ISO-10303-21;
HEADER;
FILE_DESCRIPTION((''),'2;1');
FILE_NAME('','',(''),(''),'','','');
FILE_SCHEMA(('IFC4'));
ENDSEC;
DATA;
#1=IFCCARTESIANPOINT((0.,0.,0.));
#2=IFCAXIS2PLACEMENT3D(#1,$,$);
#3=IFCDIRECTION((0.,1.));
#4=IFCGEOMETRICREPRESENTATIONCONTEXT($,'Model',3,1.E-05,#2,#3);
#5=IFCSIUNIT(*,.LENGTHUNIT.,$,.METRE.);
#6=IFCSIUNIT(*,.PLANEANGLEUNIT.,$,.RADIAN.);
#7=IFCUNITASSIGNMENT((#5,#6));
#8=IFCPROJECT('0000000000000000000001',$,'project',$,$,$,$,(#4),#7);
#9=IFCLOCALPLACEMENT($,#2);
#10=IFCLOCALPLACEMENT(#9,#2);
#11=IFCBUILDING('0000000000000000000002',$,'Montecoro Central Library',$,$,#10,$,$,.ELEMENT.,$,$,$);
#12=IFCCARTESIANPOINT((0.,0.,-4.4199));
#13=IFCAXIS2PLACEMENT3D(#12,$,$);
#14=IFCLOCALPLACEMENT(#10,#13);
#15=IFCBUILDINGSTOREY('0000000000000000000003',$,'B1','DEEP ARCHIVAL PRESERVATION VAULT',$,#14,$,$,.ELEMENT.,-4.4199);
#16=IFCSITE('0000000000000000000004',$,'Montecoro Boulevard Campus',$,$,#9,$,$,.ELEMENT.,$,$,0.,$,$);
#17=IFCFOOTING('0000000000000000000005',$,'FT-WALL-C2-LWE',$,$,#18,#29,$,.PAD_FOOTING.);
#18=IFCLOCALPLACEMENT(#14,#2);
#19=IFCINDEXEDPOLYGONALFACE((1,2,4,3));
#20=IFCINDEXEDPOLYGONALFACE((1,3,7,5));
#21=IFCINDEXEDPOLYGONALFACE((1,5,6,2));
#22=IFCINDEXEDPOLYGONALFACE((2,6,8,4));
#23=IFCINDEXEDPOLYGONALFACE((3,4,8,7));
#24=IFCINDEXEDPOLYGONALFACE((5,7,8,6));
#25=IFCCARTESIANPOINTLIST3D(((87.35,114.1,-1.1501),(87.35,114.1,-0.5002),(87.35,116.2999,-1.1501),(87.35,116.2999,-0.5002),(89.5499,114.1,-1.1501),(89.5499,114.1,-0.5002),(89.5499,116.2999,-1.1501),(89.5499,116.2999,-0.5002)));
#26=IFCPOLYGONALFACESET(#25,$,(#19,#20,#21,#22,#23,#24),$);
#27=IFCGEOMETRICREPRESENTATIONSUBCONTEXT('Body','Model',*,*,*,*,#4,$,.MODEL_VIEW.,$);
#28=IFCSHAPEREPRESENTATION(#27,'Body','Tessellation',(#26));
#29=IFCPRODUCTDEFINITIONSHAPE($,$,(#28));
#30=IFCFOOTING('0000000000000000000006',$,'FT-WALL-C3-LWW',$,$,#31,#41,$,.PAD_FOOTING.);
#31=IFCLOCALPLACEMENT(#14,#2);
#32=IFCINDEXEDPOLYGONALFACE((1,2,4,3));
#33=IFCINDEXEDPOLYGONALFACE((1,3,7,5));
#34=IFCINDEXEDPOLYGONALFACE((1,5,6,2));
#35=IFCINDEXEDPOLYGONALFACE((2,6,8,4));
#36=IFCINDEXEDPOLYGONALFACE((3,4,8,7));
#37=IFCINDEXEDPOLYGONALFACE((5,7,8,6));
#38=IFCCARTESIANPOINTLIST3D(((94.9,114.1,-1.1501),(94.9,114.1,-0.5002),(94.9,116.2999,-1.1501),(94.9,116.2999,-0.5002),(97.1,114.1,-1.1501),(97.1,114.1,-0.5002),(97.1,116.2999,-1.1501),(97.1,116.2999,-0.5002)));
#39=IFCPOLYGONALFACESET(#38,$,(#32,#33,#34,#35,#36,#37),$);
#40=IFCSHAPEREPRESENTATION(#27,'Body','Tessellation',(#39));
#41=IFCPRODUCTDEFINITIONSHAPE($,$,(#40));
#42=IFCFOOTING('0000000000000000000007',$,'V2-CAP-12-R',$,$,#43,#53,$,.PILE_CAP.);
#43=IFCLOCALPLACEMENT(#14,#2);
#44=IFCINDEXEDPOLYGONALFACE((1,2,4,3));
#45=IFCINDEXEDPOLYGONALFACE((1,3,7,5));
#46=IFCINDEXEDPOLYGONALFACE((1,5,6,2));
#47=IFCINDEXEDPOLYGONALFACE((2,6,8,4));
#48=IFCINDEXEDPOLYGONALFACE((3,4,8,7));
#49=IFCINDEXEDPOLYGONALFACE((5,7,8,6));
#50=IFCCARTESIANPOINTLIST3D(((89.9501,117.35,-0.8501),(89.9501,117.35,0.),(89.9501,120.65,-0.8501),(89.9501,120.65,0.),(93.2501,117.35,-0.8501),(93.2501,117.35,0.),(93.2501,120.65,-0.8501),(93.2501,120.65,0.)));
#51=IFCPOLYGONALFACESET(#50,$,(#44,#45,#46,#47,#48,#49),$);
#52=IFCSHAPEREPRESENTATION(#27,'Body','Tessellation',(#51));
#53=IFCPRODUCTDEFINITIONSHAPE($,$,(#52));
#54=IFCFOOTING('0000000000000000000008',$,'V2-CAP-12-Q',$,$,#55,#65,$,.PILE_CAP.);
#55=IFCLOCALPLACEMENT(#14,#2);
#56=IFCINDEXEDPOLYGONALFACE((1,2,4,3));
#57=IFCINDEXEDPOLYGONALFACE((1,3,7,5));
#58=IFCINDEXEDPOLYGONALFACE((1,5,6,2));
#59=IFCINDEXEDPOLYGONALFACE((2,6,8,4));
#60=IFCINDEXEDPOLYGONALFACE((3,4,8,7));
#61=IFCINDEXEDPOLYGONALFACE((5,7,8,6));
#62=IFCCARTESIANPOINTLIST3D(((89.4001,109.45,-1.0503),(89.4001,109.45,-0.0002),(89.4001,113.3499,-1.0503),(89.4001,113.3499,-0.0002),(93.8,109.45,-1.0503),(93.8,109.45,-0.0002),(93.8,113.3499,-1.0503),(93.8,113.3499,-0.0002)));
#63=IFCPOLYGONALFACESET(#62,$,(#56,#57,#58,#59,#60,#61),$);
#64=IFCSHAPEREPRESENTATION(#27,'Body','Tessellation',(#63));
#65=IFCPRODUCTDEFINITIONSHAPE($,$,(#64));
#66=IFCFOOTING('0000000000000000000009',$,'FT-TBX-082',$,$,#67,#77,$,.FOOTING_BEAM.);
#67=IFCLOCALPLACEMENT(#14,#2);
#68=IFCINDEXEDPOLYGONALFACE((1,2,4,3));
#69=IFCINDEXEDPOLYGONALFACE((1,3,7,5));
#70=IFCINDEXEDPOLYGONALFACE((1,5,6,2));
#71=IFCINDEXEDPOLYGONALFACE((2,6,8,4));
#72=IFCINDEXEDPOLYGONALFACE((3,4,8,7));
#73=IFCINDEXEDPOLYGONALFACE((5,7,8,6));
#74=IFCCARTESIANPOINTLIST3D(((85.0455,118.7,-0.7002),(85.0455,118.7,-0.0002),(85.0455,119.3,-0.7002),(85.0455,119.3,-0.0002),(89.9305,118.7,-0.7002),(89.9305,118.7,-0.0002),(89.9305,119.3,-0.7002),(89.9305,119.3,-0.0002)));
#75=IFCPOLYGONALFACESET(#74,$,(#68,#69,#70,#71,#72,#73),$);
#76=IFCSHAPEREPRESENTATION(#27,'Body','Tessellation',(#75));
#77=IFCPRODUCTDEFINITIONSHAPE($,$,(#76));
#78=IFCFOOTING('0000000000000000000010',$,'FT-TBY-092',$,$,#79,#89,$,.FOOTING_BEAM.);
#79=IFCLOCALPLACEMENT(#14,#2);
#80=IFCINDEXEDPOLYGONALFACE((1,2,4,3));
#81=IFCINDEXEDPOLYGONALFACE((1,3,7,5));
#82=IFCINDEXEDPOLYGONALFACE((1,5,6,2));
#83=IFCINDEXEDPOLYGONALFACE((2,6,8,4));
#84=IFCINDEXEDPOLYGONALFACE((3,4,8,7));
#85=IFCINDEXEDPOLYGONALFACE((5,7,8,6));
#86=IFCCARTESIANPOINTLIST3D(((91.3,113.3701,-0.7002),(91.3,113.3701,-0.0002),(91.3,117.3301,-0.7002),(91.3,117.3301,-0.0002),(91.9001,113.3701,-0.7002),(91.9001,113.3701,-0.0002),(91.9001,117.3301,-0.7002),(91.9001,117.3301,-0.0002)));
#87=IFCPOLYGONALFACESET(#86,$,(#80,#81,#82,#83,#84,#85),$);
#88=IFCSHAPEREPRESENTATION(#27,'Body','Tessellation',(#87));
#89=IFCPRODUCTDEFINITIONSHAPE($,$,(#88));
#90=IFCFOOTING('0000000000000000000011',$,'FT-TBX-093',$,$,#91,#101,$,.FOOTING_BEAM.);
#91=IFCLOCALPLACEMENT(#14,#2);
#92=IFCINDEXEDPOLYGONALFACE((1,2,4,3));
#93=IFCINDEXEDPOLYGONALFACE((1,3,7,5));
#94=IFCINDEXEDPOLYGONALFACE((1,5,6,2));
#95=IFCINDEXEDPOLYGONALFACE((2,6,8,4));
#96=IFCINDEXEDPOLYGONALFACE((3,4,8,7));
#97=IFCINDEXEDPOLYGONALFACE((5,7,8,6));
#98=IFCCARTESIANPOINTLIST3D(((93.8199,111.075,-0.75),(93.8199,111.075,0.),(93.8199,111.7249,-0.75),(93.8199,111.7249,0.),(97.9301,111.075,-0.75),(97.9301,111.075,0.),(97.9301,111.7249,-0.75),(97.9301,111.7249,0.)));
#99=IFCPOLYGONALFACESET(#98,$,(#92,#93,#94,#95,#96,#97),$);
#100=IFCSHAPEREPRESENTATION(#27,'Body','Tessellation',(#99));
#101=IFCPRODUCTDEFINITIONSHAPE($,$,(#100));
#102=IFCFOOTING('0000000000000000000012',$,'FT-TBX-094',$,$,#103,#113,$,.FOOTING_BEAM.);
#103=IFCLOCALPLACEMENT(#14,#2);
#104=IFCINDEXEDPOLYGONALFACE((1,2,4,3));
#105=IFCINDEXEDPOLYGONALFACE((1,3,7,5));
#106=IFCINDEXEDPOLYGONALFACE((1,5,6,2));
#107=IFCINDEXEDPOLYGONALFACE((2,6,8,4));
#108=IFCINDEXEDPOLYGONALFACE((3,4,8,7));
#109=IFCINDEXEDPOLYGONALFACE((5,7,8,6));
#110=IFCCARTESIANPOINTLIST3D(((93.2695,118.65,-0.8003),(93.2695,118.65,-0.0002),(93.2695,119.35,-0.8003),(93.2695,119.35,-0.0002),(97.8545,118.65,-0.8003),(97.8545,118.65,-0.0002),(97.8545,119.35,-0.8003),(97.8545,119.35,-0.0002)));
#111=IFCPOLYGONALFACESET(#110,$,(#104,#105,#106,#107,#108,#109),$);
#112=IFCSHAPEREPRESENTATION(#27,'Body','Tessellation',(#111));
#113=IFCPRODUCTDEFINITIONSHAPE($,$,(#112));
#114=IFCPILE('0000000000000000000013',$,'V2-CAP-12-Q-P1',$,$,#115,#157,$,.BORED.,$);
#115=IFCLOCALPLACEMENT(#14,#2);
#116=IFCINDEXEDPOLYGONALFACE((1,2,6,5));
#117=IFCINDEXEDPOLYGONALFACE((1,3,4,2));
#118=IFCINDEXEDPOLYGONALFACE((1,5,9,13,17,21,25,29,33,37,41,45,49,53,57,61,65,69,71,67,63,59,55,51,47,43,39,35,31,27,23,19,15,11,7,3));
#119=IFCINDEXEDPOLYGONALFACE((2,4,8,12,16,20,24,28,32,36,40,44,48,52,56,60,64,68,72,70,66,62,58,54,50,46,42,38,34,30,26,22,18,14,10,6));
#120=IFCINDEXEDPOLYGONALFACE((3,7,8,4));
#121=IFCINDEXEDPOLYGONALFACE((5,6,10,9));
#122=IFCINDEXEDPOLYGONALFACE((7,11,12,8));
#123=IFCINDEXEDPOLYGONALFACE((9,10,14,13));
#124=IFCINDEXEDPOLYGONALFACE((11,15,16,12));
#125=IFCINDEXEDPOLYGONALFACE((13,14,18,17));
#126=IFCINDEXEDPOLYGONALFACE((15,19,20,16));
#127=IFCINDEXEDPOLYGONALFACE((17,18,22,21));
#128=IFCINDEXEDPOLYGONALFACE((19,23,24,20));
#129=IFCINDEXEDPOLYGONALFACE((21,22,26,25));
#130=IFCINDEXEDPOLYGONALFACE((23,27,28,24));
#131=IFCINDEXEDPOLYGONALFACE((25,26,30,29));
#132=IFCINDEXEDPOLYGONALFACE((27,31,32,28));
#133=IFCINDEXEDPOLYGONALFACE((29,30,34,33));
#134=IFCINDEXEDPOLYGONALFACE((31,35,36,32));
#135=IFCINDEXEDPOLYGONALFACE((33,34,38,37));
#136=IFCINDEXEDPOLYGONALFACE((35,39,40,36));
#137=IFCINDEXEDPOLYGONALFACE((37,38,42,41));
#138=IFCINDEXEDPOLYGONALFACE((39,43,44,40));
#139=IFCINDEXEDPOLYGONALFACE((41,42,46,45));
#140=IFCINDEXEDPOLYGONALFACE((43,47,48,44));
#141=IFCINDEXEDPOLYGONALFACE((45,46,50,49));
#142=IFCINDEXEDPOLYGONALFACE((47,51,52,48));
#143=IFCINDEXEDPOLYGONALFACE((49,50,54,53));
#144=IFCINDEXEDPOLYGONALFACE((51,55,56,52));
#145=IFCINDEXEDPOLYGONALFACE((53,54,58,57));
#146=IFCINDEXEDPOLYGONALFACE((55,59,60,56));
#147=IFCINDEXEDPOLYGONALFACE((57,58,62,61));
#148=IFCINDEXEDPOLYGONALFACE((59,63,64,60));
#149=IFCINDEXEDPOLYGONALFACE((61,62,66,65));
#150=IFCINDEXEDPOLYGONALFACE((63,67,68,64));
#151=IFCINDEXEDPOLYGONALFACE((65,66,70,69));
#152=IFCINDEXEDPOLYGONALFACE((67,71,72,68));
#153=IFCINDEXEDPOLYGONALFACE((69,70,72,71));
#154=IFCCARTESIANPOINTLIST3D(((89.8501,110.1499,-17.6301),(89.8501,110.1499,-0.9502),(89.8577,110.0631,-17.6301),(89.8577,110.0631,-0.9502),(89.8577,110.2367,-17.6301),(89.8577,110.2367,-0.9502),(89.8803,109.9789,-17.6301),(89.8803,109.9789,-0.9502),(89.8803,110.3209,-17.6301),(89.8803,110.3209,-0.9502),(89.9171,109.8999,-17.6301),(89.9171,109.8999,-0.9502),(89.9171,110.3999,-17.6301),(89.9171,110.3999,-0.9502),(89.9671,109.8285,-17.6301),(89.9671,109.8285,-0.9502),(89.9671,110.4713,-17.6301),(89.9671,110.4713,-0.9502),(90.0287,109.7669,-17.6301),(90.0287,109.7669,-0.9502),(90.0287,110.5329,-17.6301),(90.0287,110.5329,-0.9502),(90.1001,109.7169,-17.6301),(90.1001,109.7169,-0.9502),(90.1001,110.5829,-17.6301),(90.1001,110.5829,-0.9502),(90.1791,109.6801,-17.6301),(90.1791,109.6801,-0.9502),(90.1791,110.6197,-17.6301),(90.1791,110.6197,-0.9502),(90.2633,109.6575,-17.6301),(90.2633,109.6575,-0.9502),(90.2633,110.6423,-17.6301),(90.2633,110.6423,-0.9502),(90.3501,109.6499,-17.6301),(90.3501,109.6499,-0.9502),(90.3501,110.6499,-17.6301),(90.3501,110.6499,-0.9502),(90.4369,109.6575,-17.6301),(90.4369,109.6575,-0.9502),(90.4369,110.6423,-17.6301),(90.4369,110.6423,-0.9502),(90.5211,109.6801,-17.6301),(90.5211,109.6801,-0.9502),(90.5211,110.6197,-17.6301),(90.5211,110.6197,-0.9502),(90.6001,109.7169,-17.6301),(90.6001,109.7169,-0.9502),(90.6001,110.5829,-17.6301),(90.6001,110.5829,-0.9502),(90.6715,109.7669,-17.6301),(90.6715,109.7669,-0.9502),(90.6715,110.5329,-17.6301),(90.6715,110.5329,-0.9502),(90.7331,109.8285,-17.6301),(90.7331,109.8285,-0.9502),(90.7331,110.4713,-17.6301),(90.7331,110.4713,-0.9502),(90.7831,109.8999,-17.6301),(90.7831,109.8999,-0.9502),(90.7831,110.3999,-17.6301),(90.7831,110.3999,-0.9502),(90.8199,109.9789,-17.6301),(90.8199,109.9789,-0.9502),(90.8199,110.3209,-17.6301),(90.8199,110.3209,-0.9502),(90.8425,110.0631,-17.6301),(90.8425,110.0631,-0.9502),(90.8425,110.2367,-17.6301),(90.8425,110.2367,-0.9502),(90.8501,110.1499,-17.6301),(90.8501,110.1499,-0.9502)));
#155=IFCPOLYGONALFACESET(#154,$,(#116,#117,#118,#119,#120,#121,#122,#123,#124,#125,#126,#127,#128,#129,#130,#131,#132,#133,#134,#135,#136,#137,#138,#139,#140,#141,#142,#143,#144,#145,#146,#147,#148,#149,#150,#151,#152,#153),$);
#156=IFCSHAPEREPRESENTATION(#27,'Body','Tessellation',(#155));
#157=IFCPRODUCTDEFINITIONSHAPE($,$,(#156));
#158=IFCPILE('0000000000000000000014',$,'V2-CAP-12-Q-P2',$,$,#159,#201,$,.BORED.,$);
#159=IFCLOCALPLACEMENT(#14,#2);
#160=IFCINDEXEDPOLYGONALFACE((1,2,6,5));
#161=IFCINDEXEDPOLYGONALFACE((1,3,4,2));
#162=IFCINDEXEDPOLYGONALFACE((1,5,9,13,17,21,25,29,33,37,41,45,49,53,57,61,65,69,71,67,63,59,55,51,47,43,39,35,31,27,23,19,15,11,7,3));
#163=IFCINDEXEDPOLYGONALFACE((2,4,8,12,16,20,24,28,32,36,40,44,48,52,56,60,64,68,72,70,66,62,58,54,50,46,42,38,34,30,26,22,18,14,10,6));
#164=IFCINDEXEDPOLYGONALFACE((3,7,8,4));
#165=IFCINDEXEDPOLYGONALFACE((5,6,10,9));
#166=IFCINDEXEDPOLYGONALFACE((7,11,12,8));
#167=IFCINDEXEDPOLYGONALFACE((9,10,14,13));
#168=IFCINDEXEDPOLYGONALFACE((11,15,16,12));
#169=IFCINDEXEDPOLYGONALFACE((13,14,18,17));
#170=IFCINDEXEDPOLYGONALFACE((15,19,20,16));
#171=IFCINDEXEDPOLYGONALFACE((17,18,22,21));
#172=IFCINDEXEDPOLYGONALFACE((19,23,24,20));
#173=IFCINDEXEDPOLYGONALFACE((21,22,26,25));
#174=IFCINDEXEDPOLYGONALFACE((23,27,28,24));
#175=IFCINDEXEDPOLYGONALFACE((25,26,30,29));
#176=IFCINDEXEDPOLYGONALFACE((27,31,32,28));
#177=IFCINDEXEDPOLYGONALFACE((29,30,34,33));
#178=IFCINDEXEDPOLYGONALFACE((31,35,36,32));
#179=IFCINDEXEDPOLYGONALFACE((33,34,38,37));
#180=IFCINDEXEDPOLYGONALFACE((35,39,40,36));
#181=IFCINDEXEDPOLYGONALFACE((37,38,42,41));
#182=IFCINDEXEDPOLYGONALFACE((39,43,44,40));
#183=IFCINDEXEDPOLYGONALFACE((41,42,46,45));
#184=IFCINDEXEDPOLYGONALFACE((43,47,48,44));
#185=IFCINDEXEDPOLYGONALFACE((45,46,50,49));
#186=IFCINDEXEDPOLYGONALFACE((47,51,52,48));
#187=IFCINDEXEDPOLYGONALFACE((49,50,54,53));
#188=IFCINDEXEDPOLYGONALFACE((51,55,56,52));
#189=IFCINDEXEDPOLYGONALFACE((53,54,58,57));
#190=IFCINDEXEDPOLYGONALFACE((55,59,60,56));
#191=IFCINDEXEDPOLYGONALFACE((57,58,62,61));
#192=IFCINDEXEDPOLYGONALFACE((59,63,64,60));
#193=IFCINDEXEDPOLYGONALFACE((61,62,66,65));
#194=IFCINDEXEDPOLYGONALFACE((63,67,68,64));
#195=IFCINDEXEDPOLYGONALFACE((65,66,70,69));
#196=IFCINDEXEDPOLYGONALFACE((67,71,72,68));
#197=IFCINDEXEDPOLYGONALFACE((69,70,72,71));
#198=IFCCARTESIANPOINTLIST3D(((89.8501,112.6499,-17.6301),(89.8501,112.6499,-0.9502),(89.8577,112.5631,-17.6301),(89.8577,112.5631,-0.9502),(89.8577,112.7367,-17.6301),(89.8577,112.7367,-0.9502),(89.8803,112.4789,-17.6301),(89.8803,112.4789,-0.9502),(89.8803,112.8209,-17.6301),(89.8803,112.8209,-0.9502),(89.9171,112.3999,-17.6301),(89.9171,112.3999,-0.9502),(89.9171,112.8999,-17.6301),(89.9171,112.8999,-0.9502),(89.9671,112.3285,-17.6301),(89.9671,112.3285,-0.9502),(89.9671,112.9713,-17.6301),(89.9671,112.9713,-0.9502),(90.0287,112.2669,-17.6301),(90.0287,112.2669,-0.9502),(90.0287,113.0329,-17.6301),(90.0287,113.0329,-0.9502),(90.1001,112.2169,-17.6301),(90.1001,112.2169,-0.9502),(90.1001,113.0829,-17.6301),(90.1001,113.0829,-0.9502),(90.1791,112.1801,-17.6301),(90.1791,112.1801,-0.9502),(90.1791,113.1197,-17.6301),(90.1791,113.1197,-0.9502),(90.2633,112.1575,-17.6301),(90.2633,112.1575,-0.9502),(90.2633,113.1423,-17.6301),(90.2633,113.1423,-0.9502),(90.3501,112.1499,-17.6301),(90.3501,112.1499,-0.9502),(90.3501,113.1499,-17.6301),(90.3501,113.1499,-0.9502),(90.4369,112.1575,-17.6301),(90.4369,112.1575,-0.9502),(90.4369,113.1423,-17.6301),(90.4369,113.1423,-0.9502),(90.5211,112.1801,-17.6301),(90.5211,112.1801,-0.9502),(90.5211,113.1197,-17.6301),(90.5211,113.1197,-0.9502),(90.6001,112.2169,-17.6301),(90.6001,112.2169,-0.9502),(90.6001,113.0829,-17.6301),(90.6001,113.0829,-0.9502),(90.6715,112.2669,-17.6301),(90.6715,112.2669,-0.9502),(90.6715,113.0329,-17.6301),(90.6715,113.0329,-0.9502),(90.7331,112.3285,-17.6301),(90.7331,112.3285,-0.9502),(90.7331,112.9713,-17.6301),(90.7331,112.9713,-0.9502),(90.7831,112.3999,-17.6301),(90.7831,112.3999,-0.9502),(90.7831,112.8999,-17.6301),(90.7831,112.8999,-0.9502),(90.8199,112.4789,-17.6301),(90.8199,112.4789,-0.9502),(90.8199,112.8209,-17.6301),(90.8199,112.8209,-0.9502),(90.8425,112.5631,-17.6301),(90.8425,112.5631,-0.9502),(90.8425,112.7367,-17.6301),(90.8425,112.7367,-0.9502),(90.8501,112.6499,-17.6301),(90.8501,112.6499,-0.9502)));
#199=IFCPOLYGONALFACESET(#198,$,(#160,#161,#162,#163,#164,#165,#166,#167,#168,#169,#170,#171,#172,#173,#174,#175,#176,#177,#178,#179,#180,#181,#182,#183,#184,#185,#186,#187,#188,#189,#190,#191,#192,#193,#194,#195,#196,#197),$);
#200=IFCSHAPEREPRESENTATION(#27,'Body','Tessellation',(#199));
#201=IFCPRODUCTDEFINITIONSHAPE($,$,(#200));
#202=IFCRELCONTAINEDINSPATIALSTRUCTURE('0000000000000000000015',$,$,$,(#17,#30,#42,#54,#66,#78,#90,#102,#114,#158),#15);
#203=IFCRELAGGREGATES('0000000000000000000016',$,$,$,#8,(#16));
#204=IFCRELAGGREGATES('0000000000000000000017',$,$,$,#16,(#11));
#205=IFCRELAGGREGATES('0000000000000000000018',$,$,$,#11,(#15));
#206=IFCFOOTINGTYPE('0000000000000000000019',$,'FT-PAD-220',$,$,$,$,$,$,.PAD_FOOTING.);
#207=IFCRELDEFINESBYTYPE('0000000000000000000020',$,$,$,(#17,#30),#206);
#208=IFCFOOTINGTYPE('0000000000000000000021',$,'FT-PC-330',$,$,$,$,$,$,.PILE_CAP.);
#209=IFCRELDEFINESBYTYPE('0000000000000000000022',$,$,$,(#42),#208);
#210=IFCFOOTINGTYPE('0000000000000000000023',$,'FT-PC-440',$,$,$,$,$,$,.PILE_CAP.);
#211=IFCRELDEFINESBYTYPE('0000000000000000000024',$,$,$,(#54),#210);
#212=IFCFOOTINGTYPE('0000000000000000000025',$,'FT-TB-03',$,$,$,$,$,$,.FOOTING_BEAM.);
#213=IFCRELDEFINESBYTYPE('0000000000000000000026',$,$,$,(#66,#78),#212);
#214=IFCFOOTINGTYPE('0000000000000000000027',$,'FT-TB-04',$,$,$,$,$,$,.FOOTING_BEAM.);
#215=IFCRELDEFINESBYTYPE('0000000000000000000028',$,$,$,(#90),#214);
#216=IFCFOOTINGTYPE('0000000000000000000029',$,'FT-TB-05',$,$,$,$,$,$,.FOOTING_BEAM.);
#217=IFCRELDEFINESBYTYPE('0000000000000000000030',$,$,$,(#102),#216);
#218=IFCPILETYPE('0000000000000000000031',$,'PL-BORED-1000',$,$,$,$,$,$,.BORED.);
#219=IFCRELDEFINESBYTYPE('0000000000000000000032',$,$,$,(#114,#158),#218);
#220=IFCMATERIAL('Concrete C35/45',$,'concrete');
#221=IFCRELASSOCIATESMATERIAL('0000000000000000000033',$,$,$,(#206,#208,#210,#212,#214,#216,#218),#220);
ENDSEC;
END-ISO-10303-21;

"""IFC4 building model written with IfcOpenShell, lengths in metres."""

from ifc_helpers import new_model, si_unit, direction, frame, origin, origin_2d, place, context, subcontext, project, spatial, rectangle, circle, extrude, material, material_profile, profile_set, type_object, element, save


model = new_model("IFC4")

# Units and contexts
model_context = context("Model", 3, precision=1e-05, world=origin(), true_north=direction((0.0, 1.0)))
body_context = subcontext(model_context, "Body", "Model", "MODEL_VIEW")
ifc_project = project(units=[si_unit("LENGTHUNIT", "METRE"), si_unit("PLANEANGLEUNIT", "RADIAN")], contexts=[model_context])

# Site, building, storey
site_placement = place(None, origin())
site = spatial("IfcSite", under=ifc_project, at=site_placement, Name="Montecoro Boulevard Campus", CompositionType="ELEMENT", RefElevation=0.0)
building_placement = place(site_placement, origin())
building = spatial("IfcBuilding", under=site, at=building_placement, Name="Montecoro Central Library", CompositionType="ELEMENT")
storey_placement = place(building_placement, frame((0.0, 0.0, -4.4199)))
storey = spatial("IfcBuildingStorey", under=building, at=storey_placement, Name="B1", Description="DEEP ARCHIVAL PRESERVATION VAULT", CompositionType="ELEMENT", Elevation=-4.4199)

# Footings
ifc_material_1 = material(Name="Concrete C35/45", Category="concrete")
footing_type_1 = type_object("IfcFootingType", Name="FT-PAD-220", PredefinedType="PAD_FOOTING", material=ifc_material_1)
for number, where, z_axis, x_axis, name in (
    (1, (88.45, 115.2, -1.1501), (0.0, 0.0, 1.0), (1.0, 0.0, 0.0), "FT-WALL-C2-LWE"),
    (2, (96.0, 115.2, -1.1501), (0.0, 0.0, 1.0), (1.0, 0.0, 0.0), "FT-WALL-C3-LWW"),
):
    element("IfcFooting", number, at=place(storey_placement, frame(where, z_axis=z_axis, x_axis=x_axis)), inside=storey, type_object=footing_type_1, Name=name, PredefinedType="PAD_FOOTING", context=body_context, shape_type="SweptSolid", body=[
        extrude(rectangle(XDim=2.2, YDim=2.2, at=origin_2d()), origin(), (0.0, 0.0, 1.0), 0.6499),
    ])
footing_type_2 = type_object("IfcFootingType", Name="FT-PC-330", PredefinedType="PILE_CAP", material=ifc_material_1)
footing_1_placement = place(storey_placement, frame((91.6001, 119.0, -0.8501), z_axis=(0.0, 0.0, 1.0), x_axis=(1.0, 0.0, 0.0)))
element("IfcFooting", 3, at=footing_1_placement, inside=storey, type_object=footing_type_2, Name="V2-CAP-12-R", PredefinedType="PILE_CAP", context=body_context, shape_type="SweptSolid", body=[
    extrude(rectangle(XDim=3.3, YDim=3.3, at=origin_2d()), origin(), (0.0, 0.0, 1.0), 0.8501),
])
footing_type_3 = type_object("IfcFootingType", Name="FT-PC-440", PredefinedType="PILE_CAP", material=ifc_material_1)
footing_2_placement = place(storey_placement, frame((91.6001, 111.3999, -1.0503), z_axis=(0.0, 0.0, 1.0), x_axis=(1.0, 0.0, 0.0)))
element("IfcFooting", 4, at=footing_2_placement, inside=storey, type_object=footing_type_3, Name="V2-CAP-12-Q", PredefinedType="PILE_CAP", context=body_context, shape_type="SweptSolid", body=[
    extrude(rectangle(XDim=4.3999, YDim=3.8999, at=origin_2d()), origin(), (0.0, 0.0, 1.0), 1.05),
])
footing_type_4 = type_object("IfcFootingType", Name="FT-TB-03", PredefinedType="FOOTING_BEAM", material=ifc_material_1)
footing_3_placement = place(storey_placement, frame((87.488, 119.0, -0.7002), z_axis=(0.0, 0.0, 1.0), x_axis=(1.0, 0.0, 0.0)))
element("IfcFooting", 5, at=footing_3_placement, inside=storey, type_object=footing_type_4, Name="FT-TBX-082", PredefinedType="FOOTING_BEAM", context=body_context, shape_type="SweptSolid", body=[
    extrude(rectangle(XDim=4.885, YDim=0.6001, at=origin_2d()), origin(), (0.0, 0.0, 1.0), 0.7),
])
footing_4_placement = place(storey_placement, frame((91.6001, 115.3501, -0.7002), z_axis=(0.0, 0.0, 1.0), x_axis=(1.0, 0.0, 0.0)))
element("IfcFooting", 6, at=footing_4_placement, inside=storey, type_object=footing_type_4, Name="FT-TBY-092", PredefinedType="FOOTING_BEAM", context=body_context, shape_type="SweptSolid", body=[
    extrude(rectangle(XDim=0.6001, YDim=3.96, at=origin_2d()), origin(), (0.0, 0.0, 1.0), 0.7),
])
footing_type_5 = type_object("IfcFootingType", Name="FT-TB-04", PredefinedType="FOOTING_BEAM", material=ifc_material_1)
footing_5_placement = place(storey_placement, frame((95.875, 111.3999, -0.75), z_axis=(0.0, 0.0, 1.0), x_axis=(1.0, 0.0, 0.0)))
element("IfcFooting", 7, at=footing_5_placement, inside=storey, type_object=footing_type_5, Name="FT-TBX-093", PredefinedType="FOOTING_BEAM", context=body_context, shape_type="SweptSolid", body=[
    extrude(rectangle(XDim=4.1101, YDim=0.6499, at=origin_2d()), origin(), (0.0, 0.0, 1.0), 0.75),
])
footing_type_6 = type_object("IfcFootingType", Name="FT-TB-05", PredefinedType="FOOTING_BEAM", material=ifc_material_1)
footing_6_placement = place(storey_placement, frame((95.562, 119.0, -0.8003), z_axis=(0.0, 0.0, 1.0), x_axis=(1.0, 0.0, 0.0)))
element("IfcFooting", 8, at=footing_6_placement, inside=storey, type_object=footing_type_6, Name="FT-TBX-094", PredefinedType="FOOTING_BEAM", context=body_context, shape_type="SweptSolid", body=[
    extrude(rectangle(XDim=4.585, YDim=0.7, at=origin_2d()), origin(), (0.0, 0.0, 1.0), 0.8),
])

# Piles
ifc_material_profile_1 = material_profile(ifc_material_1, circle(Radius=0.5, at=origin_2d()), Name="PILE D1000")
ifc_profile_set_1 = profile_set([ifc_material_profile_1], Name="Concrete C35/45")
pile_type_1 = type_object("IfcPileType", Name="PL-BORED-1000", PredefinedType="BORED", material=ifc_profile_set_1)
for number, where, z_axis, x_axis, name in (
    (9, (90.3501, 110.1499, -0.9502), (0.0, 0.0, -1.0), (1.0, 0.0, 0.0), "V2-CAP-12-Q-P1"),
    (10, (90.3501, 112.6499, -0.9502), (0.0, 0.0, -1.0), (1.0, 0.0, 0.0), "V2-CAP-12-Q-P2"),
):
    element("IfcPile", number, at=place(storey_placement, frame(where, z_axis=z_axis, x_axis=x_axis)), inside=storey, type_object=pile_type_1, Name=name, PredefinedType="BORED", context=body_context, shape_type="SweptSolid", body=[
        extrude(circle(Radius=0.5, at=origin_2d()), origin(), (0.0, 0.0, 1.0), 16.6799),
    ])

save(model, "model.ifc")
